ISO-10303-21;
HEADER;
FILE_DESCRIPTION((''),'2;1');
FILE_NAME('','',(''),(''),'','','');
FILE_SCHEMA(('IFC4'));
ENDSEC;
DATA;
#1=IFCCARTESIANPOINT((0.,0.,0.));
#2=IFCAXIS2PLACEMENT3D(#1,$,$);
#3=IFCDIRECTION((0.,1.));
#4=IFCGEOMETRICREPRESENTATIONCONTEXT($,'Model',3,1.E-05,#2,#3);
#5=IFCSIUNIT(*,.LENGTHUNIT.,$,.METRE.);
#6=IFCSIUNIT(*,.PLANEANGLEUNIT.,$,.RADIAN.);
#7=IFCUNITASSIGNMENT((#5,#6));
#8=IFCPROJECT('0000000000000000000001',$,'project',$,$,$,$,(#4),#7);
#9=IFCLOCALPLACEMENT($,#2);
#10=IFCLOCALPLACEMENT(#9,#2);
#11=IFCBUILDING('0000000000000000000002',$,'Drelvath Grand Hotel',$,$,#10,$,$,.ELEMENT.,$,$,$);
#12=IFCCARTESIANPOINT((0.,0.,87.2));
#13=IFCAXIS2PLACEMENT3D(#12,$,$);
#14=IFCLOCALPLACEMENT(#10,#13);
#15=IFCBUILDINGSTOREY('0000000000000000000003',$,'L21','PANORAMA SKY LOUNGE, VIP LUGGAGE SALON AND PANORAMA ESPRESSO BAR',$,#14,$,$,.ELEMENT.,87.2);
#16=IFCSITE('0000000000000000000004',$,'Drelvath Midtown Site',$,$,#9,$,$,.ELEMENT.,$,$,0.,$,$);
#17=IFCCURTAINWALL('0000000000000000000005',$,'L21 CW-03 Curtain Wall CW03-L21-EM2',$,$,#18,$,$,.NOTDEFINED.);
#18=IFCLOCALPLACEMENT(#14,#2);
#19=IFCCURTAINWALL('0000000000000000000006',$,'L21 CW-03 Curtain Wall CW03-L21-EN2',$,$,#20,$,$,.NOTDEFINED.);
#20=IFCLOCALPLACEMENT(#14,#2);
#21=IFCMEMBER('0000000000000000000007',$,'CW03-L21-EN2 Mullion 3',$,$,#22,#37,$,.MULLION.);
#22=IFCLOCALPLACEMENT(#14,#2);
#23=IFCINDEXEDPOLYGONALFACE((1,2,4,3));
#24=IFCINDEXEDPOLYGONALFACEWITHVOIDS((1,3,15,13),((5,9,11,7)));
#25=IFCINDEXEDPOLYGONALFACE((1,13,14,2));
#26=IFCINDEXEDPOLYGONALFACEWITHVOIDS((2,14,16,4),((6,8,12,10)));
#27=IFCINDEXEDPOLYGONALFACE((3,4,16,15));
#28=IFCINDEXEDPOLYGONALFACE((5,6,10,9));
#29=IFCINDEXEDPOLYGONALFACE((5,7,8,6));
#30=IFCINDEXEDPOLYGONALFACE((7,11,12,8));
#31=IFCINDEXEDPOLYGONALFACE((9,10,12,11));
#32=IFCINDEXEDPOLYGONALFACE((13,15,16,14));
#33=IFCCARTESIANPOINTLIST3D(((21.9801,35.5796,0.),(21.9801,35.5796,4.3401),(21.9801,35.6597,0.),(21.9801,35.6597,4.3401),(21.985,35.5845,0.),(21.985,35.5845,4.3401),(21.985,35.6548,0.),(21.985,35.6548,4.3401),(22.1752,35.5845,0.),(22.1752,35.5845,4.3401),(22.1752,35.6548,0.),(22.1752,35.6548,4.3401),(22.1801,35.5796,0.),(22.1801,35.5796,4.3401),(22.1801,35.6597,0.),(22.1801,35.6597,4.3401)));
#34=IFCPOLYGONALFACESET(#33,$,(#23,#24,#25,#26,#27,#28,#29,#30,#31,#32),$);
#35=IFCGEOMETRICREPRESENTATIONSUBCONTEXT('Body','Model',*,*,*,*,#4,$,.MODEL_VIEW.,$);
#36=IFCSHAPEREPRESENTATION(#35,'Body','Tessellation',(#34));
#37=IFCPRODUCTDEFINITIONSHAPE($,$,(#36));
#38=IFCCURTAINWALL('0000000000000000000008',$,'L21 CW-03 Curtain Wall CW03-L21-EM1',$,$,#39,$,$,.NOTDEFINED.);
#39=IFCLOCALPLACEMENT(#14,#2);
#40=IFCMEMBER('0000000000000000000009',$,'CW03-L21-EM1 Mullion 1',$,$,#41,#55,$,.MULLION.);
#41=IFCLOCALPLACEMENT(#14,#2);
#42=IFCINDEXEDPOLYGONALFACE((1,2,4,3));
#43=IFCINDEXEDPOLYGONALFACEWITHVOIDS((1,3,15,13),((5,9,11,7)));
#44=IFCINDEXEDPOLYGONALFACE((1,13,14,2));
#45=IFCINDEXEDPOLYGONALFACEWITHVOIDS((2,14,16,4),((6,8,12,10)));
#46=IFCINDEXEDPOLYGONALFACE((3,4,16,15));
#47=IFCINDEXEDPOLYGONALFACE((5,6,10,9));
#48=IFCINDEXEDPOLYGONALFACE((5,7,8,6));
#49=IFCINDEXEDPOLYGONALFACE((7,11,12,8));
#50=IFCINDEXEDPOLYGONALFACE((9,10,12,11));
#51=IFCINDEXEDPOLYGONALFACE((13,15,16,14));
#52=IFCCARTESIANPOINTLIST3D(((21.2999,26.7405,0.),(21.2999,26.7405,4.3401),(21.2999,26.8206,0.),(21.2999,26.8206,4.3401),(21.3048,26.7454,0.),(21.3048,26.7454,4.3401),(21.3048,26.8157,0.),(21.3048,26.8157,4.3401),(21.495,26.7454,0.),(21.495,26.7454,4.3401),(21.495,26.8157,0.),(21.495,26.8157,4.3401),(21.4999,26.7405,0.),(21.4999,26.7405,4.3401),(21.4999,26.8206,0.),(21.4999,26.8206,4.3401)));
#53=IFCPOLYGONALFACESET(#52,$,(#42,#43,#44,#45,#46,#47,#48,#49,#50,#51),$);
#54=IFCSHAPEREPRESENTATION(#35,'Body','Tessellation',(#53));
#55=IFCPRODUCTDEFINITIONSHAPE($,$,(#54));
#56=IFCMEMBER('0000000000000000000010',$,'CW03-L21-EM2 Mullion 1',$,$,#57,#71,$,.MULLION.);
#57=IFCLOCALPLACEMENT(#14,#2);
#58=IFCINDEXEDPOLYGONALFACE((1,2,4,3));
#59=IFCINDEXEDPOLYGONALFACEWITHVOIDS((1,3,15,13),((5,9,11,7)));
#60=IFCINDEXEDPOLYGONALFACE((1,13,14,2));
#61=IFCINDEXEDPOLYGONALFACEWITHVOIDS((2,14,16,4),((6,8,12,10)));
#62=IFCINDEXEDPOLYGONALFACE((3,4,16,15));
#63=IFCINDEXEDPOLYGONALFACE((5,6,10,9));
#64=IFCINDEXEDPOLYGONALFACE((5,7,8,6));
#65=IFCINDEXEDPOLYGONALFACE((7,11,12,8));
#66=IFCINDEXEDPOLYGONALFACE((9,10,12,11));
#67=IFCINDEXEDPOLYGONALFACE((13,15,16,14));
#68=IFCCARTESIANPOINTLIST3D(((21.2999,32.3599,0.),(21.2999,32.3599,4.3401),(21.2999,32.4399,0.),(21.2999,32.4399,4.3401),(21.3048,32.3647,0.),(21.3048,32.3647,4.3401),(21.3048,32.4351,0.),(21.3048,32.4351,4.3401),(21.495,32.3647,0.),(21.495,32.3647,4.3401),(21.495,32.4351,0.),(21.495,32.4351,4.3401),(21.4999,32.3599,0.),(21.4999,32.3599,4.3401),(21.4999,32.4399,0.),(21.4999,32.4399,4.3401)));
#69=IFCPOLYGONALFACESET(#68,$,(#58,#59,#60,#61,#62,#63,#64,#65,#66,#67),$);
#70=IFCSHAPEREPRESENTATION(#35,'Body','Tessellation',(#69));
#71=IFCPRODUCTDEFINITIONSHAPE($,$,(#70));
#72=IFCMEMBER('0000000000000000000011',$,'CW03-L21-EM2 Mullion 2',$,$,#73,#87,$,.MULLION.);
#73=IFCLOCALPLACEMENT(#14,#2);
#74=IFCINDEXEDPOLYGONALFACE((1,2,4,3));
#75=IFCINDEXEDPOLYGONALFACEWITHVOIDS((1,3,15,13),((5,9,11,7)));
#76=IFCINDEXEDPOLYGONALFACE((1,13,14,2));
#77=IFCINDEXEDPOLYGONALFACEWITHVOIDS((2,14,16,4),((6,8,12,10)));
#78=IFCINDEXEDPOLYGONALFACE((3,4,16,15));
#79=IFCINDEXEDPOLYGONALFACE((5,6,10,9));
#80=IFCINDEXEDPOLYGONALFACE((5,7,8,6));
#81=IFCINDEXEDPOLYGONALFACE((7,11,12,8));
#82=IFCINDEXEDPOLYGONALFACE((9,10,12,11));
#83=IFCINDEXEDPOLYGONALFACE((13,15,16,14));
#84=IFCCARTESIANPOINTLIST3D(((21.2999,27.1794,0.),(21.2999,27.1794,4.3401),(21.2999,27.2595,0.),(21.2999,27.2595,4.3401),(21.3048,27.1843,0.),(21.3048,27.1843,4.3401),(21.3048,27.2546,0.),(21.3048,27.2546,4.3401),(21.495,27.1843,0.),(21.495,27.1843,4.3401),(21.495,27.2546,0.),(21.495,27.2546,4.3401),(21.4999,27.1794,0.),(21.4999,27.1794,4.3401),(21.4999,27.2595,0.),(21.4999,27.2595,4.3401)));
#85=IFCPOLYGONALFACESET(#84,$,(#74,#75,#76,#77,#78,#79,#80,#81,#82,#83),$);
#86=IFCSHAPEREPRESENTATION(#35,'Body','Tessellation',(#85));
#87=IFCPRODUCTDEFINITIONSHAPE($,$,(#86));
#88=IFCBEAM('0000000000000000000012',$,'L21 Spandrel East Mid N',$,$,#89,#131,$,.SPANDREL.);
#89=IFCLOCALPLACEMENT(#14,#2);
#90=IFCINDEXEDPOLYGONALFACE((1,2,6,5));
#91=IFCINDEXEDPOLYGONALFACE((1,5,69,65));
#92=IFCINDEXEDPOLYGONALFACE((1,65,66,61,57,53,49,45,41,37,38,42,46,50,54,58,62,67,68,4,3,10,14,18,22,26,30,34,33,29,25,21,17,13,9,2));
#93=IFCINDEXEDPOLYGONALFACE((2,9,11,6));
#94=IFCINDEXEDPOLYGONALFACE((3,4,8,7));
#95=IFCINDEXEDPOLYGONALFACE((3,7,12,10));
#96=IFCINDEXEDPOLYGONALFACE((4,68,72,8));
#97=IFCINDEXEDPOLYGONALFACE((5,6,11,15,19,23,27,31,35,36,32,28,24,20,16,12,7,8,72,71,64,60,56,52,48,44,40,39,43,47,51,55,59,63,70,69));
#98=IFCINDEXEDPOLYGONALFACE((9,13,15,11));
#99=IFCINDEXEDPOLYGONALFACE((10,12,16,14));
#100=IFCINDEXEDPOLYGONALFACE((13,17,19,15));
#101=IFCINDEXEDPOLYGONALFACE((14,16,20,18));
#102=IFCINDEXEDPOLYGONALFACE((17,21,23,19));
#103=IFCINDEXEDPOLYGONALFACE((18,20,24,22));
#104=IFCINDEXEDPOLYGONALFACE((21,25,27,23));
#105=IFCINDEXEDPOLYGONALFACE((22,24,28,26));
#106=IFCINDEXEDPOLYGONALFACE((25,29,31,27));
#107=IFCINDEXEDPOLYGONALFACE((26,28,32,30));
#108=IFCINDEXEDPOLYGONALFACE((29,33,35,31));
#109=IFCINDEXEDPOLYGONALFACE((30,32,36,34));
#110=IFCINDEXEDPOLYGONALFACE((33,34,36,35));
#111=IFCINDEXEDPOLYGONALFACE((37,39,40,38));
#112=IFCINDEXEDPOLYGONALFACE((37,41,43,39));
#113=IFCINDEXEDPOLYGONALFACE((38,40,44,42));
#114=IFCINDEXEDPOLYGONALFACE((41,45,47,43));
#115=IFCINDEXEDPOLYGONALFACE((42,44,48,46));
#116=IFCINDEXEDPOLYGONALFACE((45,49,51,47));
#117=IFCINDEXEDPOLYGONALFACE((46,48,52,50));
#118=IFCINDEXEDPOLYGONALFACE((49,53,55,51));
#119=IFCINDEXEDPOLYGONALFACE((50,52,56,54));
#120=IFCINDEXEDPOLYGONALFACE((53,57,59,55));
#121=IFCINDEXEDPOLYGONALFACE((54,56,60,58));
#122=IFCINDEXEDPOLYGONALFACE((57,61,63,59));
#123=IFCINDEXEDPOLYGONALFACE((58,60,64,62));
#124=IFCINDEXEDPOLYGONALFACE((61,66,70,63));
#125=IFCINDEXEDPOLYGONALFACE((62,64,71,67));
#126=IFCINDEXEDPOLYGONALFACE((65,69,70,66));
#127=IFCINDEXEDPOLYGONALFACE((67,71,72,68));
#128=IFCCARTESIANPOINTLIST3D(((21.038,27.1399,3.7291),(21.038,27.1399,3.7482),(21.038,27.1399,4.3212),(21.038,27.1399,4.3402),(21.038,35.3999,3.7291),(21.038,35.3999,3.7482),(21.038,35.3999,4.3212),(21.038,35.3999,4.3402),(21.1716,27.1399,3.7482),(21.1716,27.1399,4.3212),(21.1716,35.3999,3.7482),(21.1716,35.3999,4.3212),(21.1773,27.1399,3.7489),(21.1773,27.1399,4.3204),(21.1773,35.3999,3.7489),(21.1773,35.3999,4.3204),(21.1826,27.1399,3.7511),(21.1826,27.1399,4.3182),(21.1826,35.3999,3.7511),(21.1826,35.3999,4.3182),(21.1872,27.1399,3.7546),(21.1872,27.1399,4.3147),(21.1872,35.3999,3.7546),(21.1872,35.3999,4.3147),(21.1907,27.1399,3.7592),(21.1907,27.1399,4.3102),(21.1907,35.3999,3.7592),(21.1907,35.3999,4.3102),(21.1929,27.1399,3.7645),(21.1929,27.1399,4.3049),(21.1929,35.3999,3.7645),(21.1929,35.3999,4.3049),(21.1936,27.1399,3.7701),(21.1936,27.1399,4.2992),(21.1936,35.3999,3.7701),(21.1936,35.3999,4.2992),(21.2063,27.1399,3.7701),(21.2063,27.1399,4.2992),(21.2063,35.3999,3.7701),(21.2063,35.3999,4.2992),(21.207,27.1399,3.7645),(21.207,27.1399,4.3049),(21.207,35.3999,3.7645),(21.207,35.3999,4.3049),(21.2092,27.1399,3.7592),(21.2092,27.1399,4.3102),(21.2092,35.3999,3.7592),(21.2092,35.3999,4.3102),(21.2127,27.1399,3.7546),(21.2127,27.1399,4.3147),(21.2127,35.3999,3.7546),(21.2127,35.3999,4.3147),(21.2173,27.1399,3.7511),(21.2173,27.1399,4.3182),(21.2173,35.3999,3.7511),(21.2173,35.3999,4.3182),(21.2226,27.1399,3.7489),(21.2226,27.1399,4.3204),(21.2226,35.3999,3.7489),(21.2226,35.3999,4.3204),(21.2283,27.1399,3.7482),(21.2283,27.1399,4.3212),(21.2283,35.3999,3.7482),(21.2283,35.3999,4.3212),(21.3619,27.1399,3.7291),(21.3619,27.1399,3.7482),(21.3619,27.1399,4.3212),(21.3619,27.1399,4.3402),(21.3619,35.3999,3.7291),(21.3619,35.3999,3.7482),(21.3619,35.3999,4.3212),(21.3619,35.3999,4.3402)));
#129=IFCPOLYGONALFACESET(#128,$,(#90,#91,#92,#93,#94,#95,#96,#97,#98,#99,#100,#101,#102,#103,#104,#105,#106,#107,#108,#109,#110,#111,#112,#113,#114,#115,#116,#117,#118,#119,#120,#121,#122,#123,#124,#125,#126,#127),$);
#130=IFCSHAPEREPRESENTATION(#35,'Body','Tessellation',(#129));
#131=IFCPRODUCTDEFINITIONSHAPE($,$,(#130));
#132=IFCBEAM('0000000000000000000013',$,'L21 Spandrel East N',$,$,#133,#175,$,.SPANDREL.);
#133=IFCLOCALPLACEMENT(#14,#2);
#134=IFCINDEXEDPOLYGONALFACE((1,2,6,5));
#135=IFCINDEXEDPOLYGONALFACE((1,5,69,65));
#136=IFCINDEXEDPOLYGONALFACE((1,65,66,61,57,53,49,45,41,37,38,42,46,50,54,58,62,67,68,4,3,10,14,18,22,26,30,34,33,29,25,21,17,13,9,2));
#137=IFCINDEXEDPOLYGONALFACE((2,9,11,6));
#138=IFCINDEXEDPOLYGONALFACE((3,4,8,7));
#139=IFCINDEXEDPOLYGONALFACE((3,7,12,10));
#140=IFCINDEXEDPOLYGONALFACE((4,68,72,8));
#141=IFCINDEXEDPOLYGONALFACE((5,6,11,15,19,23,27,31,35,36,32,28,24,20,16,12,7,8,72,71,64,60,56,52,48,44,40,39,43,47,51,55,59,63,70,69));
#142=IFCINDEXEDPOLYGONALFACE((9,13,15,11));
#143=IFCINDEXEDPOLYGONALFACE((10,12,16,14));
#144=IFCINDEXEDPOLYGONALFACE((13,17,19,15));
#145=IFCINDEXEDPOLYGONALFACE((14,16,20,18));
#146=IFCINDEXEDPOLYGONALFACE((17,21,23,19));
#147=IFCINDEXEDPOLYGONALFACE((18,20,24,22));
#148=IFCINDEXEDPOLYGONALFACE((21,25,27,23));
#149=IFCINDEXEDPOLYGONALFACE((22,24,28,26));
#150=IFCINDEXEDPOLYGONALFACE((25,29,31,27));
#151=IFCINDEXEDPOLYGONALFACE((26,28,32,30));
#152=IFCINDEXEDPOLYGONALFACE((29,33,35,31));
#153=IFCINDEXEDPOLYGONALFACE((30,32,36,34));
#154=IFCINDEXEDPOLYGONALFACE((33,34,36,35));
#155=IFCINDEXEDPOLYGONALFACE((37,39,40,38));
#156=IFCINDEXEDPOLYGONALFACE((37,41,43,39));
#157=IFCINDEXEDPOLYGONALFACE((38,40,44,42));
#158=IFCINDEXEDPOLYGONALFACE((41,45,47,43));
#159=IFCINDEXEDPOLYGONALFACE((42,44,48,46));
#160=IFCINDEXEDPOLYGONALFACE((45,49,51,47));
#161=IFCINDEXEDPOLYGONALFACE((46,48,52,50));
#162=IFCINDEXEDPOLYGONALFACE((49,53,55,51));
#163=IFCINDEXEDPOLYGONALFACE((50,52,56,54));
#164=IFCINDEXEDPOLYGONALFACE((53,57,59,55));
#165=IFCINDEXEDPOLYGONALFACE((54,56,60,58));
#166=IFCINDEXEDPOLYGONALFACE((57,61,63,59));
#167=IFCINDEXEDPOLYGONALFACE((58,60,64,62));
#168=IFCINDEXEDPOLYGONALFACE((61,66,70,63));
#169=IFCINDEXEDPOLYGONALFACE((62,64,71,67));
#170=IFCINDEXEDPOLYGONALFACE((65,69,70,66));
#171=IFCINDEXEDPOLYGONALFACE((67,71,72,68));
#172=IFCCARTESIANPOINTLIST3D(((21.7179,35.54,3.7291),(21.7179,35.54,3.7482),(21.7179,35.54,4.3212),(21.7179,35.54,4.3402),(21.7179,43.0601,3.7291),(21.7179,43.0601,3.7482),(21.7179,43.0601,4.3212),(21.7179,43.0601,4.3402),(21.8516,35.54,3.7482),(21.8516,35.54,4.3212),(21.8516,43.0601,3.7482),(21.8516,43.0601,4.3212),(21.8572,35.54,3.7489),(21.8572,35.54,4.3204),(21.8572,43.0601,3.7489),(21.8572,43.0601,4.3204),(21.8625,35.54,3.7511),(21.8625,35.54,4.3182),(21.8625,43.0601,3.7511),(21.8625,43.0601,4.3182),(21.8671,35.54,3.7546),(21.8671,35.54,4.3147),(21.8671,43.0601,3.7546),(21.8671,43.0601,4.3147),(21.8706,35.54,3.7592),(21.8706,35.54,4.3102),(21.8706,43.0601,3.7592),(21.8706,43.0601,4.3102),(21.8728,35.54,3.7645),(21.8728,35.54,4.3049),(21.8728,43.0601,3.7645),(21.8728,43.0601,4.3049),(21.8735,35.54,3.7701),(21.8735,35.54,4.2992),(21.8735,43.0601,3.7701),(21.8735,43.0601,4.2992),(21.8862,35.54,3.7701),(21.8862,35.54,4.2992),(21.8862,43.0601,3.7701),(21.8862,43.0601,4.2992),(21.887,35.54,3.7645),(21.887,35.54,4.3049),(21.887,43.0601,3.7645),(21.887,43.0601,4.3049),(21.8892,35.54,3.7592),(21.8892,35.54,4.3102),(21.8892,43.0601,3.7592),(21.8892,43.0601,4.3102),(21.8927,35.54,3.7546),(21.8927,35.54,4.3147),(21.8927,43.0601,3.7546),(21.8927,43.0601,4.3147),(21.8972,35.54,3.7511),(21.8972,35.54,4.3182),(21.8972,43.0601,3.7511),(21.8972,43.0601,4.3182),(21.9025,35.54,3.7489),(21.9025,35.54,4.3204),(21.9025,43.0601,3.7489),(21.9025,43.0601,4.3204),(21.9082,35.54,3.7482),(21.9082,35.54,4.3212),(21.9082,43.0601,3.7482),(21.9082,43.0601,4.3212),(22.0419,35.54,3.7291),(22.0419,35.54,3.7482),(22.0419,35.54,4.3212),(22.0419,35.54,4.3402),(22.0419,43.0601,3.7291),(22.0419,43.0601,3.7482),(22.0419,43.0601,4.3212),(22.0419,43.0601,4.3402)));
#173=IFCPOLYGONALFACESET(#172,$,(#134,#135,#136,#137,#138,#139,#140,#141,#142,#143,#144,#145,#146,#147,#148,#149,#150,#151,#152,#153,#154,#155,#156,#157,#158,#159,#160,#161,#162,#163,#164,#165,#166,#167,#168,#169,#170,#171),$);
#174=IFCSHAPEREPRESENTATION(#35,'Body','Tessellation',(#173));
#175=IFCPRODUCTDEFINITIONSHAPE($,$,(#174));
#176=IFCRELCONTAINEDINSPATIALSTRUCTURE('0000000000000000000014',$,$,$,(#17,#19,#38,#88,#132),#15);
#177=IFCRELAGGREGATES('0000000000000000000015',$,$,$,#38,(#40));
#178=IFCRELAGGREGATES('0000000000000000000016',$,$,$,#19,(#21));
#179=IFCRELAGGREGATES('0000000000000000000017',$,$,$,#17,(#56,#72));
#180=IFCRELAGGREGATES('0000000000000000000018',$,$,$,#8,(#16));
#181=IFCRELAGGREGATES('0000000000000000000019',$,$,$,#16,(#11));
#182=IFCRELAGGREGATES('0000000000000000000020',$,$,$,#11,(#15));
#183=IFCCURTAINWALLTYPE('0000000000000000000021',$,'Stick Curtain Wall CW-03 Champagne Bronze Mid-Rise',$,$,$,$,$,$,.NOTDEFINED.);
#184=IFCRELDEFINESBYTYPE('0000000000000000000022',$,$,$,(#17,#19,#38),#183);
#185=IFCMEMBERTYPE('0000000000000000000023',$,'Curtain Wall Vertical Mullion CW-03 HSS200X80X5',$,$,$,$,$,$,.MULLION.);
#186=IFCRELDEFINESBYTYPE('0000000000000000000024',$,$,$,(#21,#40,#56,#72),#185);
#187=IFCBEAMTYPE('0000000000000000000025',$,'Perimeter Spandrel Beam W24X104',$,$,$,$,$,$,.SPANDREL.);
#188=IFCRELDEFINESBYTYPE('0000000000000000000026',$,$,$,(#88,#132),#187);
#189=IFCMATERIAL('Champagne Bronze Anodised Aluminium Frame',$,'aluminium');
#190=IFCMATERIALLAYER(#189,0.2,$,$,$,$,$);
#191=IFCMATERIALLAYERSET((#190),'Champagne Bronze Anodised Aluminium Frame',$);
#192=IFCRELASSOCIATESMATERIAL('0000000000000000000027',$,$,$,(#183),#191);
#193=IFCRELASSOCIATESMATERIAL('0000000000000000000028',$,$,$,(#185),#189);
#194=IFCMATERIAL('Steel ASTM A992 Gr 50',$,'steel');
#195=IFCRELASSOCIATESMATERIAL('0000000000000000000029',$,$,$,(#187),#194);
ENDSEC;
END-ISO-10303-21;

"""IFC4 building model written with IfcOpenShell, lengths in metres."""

from ifc_helpers import new_model, si_unit, direction, frame, origin, origin_2d, place, context, subcontext, project, spatial, hollow_rectangle, i_section, extrude, material, layer, layer_set, material_profile, profile_set, type_object, element, aggregate, save


model = new_model("IFC4")

# Units and contexts
model_context = context("Model", 3, precision=1e-05, world=origin(), true_north=direction((0.0, 1.0)))
body_context = subcontext(model_context, "Body", "Model", "MODEL_VIEW")
ifc_project = project(units=[si_unit("LENGTHUNIT", "METRE"), si_unit("PLANEANGLEUNIT", "RADIAN")], contexts=[model_context])

# Site, building, storey
site_placement = place(None, origin())
site = spatial("IfcSite", under=ifc_project, at=site_placement, Name="Drelvath Midtown Site", CompositionType="ELEMENT", RefElevation=0.0)
building_placement = place(site_placement, origin())
building = spatial("IfcBuilding", under=site, at=building_placement, Name="Drelvath Grand Hotel", CompositionType="ELEMENT")
storey_placement = place(building_placement, frame((0.0, 0.0, 87.2)))
storey = spatial("IfcBuildingStorey", under=building, at=storey_placement, Name="L21", Description="PANORAMA SKY LOUNGE, VIP LUGGAGE SALON AND PANORAMA ESPRESSO BAR", CompositionType="ELEMENT", Elevation=87.2)

# Curtain wall
ifc_material_1 = material(Name="Champagne Bronze Anodised Aluminium Frame", Category="aluminium")
ifc_layer_1 = layer(ifc_material_1, 0.2)
ifc_layer_set_1 = layer_set([ifc_layer_1], Name="Champagne Bronze Anodised Aluminium Frame")
curtain_wall_type = type_object("IfcCurtainWallType", Name="Stick Curtain Wall CW-03 Champagne Bronze Mid-Rise", PredefinedType="NOTDEFINED", material=ifc_layer_set_1)
curtain_wall_1_placement = place(storey_placement, origin())
curtain_wall_1 = element("IfcCurtainWall", 1, at=curtain_wall_1_placement, inside=storey, type_object=curtain_wall_type, Name="L21 CW-03 Curtain Wall CW03-L21-EM2", PredefinedType="NOTDEFINED")

# Shared definitions
ifc_material_profile_1 = material_profile(ifc_material_1, hollow_rectangle(XDim=0.0801, YDim=0.2, WallThickness=0.0049, at=origin_2d()), Name="HSS200X80X5")
ifc_profile_set_1 = profile_set([ifc_material_profile_1], Name="Champagne Bronze Anodised Aluminium Frame")
member_type_1 = type_object("IfcMemberType", Name="Curtain Wall Vertical Mullion CW-03 HSS200X80X5", PredefinedType="MULLION", material=ifc_profile_set_1)

# Curtain wall, member
curtain_wall_2_placement = place(storey_placement, origin())
curtain_wall_2 = element("IfcCurtainWall", 2, at=curtain_wall_2_placement, inside=storey, type_object=curtain_wall_type, Name="L21 CW-03 Curtain Wall CW03-L21-EN2", PredefinedType="NOTDEFINED")
member_1_placement = place(storey_placement, frame((22.0801, 35.6196, 0.0), z_axis=(0.0, 0.0, 1.0), x_axis=(0.0, 1.0, 0.0)))
member_1 = element("IfcMember", 3, at=member_1_placement, type_object=member_type_1, Name="CW03-L21-EN2 Mullion 3", PredefinedType="MULLION", context=body_context, shape_type="SweptSolid", body=[
    extrude(hollow_rectangle(XDim=0.0801, YDim=0.2, WallThickness=0.0049, at=origin_2d()), origin(), (0.0, 0.0, 1.0), 4.3401),
])

# Curtain wall, member
curtain_wall_3_placement = place(storey_placement, origin())
curtain_wall_3 = element("IfcCurtainWall", 4, at=curtain_wall_3_placement, inside=storey, type_object=curtain_wall_type, Name="L21 CW-03 Curtain Wall CW03-L21-EM1", PredefinedType="NOTDEFINED")
member_2_placement = place(storey_placement, frame((21.3999, 26.7805, 0.0), z_axis=(0.0, 0.0, 1.0), x_axis=(0.0, 1.0, 0.0)))
member_2 = element("IfcMember", 5, at=member_2_placement, type_object=member_type_1, Name="CW03-L21-EM1 Mullion 1", PredefinedType="MULLION", context=body_context, shape_type="SweptSolid", body=[
    extrude(hollow_rectangle(XDim=0.0801, YDim=0.2, WallThickness=0.0049, at=origin_2d()), origin(), (0.0, 0.0, 1.0), 4.3401),
])
aggregate(curtain_wall_3, [member_2])

# Members
member_3_placement = place(storey_placement, frame((21.3999, 32.3999, 0.0), z_axis=(0.0, 0.0, 1.0), x_axis=(0.0, 1.0, 0.0)))
member_3 = element("IfcMember", 6, at=member_3_placement, type_object=member_type_1, Name="CW03-L21-EM2 Mullion 1", PredefinedType="MULLION", context=body_context, shape_type="SweptSolid", body=[
    extrude(hollow_rectangle(XDim=0.0801, YDim=0.2, WallThickness=0.0049, at=origin_2d()), origin(), (0.0, 0.0, 1.0), 4.3401),
])
member_4_placement = place(storey_placement, frame((21.3999, 27.2195, 0.0), z_axis=(0.0, 0.0, 1.0), x_axis=(0.0, 1.0, 0.0)))
member_4 = element("IfcMember", 7, at=member_4_placement, type_object=member_type_1, Name="CW03-L21-EM2 Mullion 2", PredefinedType="MULLION", context=body_context, shape_type="SweptSolid", body=[
    extrude(hollow_rectangle(XDim=0.0801, YDim=0.2, WallThickness=0.0049, at=origin_2d()), origin(), (0.0, 0.0, 1.0), 4.3401),
])

# Beams
ifc_material_2 = material(Name="Steel ASTM A992 Gr 50", Category="steel")
ifc_material_profile_2 = material_profile(ifc_material_2, i_section(OverallWidth=0.324, OverallDepth=0.6111, WebThickness=0.0127, FlangeThickness=0.019, FilletRadius=0.022, at=origin_2d()), Name="W24X104")
ifc_profile_set_2 = profile_set([ifc_material_profile_2], Name="Steel ASTM A992 Gr 50")
beam_type_1 = type_object("IfcBeamType", Name="Perimeter Spandrel Beam W24X104", PredefinedType="SPANDREL", material=ifc_profile_set_2)
beam_1_placement = place(storey_placement, frame((21.2, 27.1399, 4.0347), z_axis=(0.0, 1.0, 0.0), x_axis=(-1.0, 0.0, 0.0)))
element("IfcBeam", 8, at=beam_1_placement, inside=storey, type_object=beam_type_1, Name="L21 Spandrel East Mid N", PredefinedType="SPANDREL", context=body_context, shape_type="SweptSolid", body=[
    extrude(i_section(OverallWidth=0.324, OverallDepth=0.6111, WebThickness=0.0127, FlangeThickness=0.019, FilletRadius=0.022, at=origin_2d()), origin(), (0.0, 0.0, 1.0), 8.26),
])
beam_2_placement = place(storey_placement, frame((21.8799, 35.54, 4.0347), z_axis=(0.0, 1.0, 0.0), x_axis=(-1.0, 0.0, 0.0)))
element("IfcBeam", 9, at=beam_2_placement, inside=storey, type_object=beam_type_1, Name="L21 Spandrel East N", PredefinedType="SPANDREL", context=body_context, shape_type="SweptSolid", body=[
    extrude(i_section(OverallWidth=0.324, OverallDepth=0.6111, WebThickness=0.0127, FlangeThickness=0.019, FilletRadius=0.022, at=origin_2d()), origin(), (0.0, 0.0, 1.0), 7.52),
])

aggregate(curtain_wall_2, [member_1])
aggregate(curtain_wall_1, [member_3, member_4])

save(model, "model.ifc")
